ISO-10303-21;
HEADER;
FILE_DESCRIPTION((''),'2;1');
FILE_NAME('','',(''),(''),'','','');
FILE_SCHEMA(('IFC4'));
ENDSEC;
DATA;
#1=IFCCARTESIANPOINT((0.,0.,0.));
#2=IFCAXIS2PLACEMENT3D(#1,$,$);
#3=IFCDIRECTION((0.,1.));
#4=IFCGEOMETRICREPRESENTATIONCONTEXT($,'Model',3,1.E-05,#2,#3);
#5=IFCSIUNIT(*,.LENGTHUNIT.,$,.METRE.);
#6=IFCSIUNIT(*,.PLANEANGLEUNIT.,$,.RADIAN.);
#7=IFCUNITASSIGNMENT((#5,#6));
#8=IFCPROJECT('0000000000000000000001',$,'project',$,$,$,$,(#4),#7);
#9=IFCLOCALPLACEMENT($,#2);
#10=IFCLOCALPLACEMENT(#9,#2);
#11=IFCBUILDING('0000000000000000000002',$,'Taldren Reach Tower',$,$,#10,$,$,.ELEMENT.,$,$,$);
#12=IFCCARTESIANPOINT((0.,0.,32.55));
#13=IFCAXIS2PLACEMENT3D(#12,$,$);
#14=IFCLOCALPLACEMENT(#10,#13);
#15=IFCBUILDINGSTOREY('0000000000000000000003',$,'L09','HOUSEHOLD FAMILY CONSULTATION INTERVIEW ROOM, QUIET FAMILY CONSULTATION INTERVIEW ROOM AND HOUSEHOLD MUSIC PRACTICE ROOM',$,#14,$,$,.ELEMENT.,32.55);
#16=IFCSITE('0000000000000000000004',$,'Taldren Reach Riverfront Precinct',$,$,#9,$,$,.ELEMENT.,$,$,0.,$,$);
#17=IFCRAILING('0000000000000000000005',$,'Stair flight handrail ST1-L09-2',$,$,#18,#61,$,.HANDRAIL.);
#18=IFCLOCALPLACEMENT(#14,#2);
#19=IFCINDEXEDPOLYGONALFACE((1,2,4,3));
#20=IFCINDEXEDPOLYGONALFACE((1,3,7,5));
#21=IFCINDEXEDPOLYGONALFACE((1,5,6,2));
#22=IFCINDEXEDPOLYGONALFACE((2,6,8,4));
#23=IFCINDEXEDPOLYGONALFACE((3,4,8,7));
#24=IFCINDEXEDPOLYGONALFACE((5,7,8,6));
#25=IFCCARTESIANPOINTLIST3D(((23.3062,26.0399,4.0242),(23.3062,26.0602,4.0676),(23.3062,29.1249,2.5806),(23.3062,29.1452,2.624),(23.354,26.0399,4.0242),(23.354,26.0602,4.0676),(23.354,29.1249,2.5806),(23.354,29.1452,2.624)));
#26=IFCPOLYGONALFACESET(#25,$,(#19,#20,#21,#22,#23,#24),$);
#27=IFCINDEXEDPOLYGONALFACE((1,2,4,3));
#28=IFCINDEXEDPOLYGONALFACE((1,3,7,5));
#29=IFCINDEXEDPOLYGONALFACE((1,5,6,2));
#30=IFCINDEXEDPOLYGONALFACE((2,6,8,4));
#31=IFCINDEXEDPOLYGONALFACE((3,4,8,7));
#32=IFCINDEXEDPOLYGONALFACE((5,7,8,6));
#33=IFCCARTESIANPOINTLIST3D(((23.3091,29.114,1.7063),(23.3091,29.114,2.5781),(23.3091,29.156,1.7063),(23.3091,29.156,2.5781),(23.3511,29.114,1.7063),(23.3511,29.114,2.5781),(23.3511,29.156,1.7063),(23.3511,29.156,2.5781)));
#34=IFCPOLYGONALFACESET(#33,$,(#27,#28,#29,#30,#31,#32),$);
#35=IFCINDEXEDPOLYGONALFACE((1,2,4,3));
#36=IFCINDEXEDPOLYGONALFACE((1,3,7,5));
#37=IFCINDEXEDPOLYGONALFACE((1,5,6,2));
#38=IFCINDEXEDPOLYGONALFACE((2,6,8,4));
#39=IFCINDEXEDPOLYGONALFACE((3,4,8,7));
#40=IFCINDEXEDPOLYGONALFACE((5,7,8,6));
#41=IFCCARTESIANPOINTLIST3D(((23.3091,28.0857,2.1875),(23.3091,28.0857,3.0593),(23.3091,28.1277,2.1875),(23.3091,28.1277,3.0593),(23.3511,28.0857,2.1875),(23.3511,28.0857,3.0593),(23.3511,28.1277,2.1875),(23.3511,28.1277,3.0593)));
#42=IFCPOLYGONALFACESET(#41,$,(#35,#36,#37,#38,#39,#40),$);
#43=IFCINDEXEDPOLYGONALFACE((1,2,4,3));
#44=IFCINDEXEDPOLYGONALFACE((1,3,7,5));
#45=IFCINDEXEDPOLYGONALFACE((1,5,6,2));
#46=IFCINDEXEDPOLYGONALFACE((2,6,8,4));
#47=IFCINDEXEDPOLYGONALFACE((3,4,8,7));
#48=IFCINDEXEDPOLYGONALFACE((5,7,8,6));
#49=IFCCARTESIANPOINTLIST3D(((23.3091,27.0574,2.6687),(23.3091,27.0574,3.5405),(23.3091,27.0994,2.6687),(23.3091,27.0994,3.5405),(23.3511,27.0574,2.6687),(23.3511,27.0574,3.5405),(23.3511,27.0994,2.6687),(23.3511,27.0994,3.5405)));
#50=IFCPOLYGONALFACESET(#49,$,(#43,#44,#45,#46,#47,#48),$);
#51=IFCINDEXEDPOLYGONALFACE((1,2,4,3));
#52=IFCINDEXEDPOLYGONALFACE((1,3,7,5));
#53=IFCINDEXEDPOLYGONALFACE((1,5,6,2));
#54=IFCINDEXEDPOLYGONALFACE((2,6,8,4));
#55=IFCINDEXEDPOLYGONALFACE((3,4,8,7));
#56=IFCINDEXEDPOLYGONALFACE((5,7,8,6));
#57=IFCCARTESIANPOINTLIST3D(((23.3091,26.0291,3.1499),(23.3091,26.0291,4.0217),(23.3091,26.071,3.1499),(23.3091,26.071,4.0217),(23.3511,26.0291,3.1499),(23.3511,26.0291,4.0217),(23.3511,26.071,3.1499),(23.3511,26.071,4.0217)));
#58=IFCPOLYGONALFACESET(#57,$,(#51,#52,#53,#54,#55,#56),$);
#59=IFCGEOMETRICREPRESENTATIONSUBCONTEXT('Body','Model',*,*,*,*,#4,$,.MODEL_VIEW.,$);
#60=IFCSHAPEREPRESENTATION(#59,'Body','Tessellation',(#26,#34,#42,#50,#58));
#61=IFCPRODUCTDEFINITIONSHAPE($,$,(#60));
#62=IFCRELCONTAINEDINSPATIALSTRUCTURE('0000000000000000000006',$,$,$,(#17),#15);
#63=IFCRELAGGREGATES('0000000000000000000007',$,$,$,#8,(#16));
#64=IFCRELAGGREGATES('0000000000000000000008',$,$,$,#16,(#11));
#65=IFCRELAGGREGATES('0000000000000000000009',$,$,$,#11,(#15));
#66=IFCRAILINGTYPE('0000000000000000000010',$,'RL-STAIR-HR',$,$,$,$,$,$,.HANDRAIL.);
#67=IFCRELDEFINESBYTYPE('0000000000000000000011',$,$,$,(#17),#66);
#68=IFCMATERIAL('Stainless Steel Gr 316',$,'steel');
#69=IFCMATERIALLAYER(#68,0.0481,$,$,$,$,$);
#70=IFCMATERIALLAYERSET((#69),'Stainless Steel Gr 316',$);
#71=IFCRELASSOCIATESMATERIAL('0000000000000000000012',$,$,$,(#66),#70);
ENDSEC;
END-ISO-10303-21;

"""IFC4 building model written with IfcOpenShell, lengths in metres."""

from ifc_helpers import new_model, si_unit, direction, frame, origin, origin_2d, place, context, subcontext, project, spatial, rectangle, extrude, material, layer, layer_set, type_object, element, save


model = new_model("IFC4")

# Units and contexts
model_context = context("Model", 3, precision=1e-05, world=origin(), true_north=direction((0.0, 1.0)))
body_context = subcontext(model_context, "Body", "Model", "MODEL_VIEW")
ifc_project = project(units=[si_unit("LENGTHUNIT", "METRE"), si_unit("PLANEANGLEUNIT", "RADIAN")], contexts=[model_context])

# Site, building, storey
site_placement = place(None, origin())
site = spatial("IfcSite", under=ifc_project, at=site_placement, Name="Taldren Reach Riverfront Precinct", CompositionType="ELEMENT", RefElevation=0.0)
building_placement = place(site_placement, origin())
building = spatial("IfcBuilding", under=site, at=building_placement, Name="Taldren Reach Tower", CompositionType="ELEMENT")
storey_placement = place(building_placement, frame((0.0, 0.0, 32.55)))
storey = spatial("IfcBuildingStorey", under=building, at=storey_placement, Name="L09", Description="HOUSEHOLD FAMILY CONSULTATION INTERVIEW ROOM, QUIET FAMILY CONSULTATION INTERVIEW ROOM AND HOUSEHOLD MUSIC PRACTICE ROOM", CompositionType="ELEMENT", Elevation=32.55)

# Railing
ifc_material_1 = material(Name="Stainless Steel Gr 316", Category="steel")
ifc_layer_1 = layer(ifc_material_1, 0.0481)
ifc_layer_set_1 = layer_set([ifc_layer_1], Name="Stainless Steel Gr 316")
railing_type_1 = type_object("IfcRailingType", Name="RL-STAIR-HR", PredefinedType="HANDRAIL", material=ifc_layer_set_1)
railing_1_placement = place(storey_placement, frame((23.3301, 29.135, 1.7063)))
element("IfcRailing", 1, at=railing_1_placement, inside=storey, type_object=railing_type_1, Name="Stair flight handrail ST1-L09-2", PredefinedType="HANDRAIL", context=body_context, shape_type="SweptSolid", body=[
    extrude(rectangle(XDim=0.0479, YDim=0.0479, at=origin_2d()), frame((0.0, 0.0, 0.896), z_axis=(0.0, -0.905738, 0.423839), x_axis=(1.0, 0.0, 0.0)), (0.0, 0.0, 1.0), 3.406),
    extrude(rectangle(XDim=0.042, YDim=0.042, at=origin_2d()), origin(), (0.0, 0.0, 1.0), 0.8718),
    extrude(rectangle(XDim=0.042, YDim=0.042, at=origin_2d()), frame((0.0, -1.0283, 0.4812)), (0.0, 0.0, 1.0), 0.8718),
    extrude(rectangle(XDim=0.042, YDim=0.042, at=origin_2d()), frame((0.0, -2.0566, 0.9624)), (0.0, 0.0, 1.0), 0.8718),
    extrude(rectangle(XDim=0.042, YDim=0.042, at=origin_2d()), frame((0.0, -3.085, 1.4436)), (0.0, 0.0, 1.0), 0.8718),
])

save(model, "model.ifc")
